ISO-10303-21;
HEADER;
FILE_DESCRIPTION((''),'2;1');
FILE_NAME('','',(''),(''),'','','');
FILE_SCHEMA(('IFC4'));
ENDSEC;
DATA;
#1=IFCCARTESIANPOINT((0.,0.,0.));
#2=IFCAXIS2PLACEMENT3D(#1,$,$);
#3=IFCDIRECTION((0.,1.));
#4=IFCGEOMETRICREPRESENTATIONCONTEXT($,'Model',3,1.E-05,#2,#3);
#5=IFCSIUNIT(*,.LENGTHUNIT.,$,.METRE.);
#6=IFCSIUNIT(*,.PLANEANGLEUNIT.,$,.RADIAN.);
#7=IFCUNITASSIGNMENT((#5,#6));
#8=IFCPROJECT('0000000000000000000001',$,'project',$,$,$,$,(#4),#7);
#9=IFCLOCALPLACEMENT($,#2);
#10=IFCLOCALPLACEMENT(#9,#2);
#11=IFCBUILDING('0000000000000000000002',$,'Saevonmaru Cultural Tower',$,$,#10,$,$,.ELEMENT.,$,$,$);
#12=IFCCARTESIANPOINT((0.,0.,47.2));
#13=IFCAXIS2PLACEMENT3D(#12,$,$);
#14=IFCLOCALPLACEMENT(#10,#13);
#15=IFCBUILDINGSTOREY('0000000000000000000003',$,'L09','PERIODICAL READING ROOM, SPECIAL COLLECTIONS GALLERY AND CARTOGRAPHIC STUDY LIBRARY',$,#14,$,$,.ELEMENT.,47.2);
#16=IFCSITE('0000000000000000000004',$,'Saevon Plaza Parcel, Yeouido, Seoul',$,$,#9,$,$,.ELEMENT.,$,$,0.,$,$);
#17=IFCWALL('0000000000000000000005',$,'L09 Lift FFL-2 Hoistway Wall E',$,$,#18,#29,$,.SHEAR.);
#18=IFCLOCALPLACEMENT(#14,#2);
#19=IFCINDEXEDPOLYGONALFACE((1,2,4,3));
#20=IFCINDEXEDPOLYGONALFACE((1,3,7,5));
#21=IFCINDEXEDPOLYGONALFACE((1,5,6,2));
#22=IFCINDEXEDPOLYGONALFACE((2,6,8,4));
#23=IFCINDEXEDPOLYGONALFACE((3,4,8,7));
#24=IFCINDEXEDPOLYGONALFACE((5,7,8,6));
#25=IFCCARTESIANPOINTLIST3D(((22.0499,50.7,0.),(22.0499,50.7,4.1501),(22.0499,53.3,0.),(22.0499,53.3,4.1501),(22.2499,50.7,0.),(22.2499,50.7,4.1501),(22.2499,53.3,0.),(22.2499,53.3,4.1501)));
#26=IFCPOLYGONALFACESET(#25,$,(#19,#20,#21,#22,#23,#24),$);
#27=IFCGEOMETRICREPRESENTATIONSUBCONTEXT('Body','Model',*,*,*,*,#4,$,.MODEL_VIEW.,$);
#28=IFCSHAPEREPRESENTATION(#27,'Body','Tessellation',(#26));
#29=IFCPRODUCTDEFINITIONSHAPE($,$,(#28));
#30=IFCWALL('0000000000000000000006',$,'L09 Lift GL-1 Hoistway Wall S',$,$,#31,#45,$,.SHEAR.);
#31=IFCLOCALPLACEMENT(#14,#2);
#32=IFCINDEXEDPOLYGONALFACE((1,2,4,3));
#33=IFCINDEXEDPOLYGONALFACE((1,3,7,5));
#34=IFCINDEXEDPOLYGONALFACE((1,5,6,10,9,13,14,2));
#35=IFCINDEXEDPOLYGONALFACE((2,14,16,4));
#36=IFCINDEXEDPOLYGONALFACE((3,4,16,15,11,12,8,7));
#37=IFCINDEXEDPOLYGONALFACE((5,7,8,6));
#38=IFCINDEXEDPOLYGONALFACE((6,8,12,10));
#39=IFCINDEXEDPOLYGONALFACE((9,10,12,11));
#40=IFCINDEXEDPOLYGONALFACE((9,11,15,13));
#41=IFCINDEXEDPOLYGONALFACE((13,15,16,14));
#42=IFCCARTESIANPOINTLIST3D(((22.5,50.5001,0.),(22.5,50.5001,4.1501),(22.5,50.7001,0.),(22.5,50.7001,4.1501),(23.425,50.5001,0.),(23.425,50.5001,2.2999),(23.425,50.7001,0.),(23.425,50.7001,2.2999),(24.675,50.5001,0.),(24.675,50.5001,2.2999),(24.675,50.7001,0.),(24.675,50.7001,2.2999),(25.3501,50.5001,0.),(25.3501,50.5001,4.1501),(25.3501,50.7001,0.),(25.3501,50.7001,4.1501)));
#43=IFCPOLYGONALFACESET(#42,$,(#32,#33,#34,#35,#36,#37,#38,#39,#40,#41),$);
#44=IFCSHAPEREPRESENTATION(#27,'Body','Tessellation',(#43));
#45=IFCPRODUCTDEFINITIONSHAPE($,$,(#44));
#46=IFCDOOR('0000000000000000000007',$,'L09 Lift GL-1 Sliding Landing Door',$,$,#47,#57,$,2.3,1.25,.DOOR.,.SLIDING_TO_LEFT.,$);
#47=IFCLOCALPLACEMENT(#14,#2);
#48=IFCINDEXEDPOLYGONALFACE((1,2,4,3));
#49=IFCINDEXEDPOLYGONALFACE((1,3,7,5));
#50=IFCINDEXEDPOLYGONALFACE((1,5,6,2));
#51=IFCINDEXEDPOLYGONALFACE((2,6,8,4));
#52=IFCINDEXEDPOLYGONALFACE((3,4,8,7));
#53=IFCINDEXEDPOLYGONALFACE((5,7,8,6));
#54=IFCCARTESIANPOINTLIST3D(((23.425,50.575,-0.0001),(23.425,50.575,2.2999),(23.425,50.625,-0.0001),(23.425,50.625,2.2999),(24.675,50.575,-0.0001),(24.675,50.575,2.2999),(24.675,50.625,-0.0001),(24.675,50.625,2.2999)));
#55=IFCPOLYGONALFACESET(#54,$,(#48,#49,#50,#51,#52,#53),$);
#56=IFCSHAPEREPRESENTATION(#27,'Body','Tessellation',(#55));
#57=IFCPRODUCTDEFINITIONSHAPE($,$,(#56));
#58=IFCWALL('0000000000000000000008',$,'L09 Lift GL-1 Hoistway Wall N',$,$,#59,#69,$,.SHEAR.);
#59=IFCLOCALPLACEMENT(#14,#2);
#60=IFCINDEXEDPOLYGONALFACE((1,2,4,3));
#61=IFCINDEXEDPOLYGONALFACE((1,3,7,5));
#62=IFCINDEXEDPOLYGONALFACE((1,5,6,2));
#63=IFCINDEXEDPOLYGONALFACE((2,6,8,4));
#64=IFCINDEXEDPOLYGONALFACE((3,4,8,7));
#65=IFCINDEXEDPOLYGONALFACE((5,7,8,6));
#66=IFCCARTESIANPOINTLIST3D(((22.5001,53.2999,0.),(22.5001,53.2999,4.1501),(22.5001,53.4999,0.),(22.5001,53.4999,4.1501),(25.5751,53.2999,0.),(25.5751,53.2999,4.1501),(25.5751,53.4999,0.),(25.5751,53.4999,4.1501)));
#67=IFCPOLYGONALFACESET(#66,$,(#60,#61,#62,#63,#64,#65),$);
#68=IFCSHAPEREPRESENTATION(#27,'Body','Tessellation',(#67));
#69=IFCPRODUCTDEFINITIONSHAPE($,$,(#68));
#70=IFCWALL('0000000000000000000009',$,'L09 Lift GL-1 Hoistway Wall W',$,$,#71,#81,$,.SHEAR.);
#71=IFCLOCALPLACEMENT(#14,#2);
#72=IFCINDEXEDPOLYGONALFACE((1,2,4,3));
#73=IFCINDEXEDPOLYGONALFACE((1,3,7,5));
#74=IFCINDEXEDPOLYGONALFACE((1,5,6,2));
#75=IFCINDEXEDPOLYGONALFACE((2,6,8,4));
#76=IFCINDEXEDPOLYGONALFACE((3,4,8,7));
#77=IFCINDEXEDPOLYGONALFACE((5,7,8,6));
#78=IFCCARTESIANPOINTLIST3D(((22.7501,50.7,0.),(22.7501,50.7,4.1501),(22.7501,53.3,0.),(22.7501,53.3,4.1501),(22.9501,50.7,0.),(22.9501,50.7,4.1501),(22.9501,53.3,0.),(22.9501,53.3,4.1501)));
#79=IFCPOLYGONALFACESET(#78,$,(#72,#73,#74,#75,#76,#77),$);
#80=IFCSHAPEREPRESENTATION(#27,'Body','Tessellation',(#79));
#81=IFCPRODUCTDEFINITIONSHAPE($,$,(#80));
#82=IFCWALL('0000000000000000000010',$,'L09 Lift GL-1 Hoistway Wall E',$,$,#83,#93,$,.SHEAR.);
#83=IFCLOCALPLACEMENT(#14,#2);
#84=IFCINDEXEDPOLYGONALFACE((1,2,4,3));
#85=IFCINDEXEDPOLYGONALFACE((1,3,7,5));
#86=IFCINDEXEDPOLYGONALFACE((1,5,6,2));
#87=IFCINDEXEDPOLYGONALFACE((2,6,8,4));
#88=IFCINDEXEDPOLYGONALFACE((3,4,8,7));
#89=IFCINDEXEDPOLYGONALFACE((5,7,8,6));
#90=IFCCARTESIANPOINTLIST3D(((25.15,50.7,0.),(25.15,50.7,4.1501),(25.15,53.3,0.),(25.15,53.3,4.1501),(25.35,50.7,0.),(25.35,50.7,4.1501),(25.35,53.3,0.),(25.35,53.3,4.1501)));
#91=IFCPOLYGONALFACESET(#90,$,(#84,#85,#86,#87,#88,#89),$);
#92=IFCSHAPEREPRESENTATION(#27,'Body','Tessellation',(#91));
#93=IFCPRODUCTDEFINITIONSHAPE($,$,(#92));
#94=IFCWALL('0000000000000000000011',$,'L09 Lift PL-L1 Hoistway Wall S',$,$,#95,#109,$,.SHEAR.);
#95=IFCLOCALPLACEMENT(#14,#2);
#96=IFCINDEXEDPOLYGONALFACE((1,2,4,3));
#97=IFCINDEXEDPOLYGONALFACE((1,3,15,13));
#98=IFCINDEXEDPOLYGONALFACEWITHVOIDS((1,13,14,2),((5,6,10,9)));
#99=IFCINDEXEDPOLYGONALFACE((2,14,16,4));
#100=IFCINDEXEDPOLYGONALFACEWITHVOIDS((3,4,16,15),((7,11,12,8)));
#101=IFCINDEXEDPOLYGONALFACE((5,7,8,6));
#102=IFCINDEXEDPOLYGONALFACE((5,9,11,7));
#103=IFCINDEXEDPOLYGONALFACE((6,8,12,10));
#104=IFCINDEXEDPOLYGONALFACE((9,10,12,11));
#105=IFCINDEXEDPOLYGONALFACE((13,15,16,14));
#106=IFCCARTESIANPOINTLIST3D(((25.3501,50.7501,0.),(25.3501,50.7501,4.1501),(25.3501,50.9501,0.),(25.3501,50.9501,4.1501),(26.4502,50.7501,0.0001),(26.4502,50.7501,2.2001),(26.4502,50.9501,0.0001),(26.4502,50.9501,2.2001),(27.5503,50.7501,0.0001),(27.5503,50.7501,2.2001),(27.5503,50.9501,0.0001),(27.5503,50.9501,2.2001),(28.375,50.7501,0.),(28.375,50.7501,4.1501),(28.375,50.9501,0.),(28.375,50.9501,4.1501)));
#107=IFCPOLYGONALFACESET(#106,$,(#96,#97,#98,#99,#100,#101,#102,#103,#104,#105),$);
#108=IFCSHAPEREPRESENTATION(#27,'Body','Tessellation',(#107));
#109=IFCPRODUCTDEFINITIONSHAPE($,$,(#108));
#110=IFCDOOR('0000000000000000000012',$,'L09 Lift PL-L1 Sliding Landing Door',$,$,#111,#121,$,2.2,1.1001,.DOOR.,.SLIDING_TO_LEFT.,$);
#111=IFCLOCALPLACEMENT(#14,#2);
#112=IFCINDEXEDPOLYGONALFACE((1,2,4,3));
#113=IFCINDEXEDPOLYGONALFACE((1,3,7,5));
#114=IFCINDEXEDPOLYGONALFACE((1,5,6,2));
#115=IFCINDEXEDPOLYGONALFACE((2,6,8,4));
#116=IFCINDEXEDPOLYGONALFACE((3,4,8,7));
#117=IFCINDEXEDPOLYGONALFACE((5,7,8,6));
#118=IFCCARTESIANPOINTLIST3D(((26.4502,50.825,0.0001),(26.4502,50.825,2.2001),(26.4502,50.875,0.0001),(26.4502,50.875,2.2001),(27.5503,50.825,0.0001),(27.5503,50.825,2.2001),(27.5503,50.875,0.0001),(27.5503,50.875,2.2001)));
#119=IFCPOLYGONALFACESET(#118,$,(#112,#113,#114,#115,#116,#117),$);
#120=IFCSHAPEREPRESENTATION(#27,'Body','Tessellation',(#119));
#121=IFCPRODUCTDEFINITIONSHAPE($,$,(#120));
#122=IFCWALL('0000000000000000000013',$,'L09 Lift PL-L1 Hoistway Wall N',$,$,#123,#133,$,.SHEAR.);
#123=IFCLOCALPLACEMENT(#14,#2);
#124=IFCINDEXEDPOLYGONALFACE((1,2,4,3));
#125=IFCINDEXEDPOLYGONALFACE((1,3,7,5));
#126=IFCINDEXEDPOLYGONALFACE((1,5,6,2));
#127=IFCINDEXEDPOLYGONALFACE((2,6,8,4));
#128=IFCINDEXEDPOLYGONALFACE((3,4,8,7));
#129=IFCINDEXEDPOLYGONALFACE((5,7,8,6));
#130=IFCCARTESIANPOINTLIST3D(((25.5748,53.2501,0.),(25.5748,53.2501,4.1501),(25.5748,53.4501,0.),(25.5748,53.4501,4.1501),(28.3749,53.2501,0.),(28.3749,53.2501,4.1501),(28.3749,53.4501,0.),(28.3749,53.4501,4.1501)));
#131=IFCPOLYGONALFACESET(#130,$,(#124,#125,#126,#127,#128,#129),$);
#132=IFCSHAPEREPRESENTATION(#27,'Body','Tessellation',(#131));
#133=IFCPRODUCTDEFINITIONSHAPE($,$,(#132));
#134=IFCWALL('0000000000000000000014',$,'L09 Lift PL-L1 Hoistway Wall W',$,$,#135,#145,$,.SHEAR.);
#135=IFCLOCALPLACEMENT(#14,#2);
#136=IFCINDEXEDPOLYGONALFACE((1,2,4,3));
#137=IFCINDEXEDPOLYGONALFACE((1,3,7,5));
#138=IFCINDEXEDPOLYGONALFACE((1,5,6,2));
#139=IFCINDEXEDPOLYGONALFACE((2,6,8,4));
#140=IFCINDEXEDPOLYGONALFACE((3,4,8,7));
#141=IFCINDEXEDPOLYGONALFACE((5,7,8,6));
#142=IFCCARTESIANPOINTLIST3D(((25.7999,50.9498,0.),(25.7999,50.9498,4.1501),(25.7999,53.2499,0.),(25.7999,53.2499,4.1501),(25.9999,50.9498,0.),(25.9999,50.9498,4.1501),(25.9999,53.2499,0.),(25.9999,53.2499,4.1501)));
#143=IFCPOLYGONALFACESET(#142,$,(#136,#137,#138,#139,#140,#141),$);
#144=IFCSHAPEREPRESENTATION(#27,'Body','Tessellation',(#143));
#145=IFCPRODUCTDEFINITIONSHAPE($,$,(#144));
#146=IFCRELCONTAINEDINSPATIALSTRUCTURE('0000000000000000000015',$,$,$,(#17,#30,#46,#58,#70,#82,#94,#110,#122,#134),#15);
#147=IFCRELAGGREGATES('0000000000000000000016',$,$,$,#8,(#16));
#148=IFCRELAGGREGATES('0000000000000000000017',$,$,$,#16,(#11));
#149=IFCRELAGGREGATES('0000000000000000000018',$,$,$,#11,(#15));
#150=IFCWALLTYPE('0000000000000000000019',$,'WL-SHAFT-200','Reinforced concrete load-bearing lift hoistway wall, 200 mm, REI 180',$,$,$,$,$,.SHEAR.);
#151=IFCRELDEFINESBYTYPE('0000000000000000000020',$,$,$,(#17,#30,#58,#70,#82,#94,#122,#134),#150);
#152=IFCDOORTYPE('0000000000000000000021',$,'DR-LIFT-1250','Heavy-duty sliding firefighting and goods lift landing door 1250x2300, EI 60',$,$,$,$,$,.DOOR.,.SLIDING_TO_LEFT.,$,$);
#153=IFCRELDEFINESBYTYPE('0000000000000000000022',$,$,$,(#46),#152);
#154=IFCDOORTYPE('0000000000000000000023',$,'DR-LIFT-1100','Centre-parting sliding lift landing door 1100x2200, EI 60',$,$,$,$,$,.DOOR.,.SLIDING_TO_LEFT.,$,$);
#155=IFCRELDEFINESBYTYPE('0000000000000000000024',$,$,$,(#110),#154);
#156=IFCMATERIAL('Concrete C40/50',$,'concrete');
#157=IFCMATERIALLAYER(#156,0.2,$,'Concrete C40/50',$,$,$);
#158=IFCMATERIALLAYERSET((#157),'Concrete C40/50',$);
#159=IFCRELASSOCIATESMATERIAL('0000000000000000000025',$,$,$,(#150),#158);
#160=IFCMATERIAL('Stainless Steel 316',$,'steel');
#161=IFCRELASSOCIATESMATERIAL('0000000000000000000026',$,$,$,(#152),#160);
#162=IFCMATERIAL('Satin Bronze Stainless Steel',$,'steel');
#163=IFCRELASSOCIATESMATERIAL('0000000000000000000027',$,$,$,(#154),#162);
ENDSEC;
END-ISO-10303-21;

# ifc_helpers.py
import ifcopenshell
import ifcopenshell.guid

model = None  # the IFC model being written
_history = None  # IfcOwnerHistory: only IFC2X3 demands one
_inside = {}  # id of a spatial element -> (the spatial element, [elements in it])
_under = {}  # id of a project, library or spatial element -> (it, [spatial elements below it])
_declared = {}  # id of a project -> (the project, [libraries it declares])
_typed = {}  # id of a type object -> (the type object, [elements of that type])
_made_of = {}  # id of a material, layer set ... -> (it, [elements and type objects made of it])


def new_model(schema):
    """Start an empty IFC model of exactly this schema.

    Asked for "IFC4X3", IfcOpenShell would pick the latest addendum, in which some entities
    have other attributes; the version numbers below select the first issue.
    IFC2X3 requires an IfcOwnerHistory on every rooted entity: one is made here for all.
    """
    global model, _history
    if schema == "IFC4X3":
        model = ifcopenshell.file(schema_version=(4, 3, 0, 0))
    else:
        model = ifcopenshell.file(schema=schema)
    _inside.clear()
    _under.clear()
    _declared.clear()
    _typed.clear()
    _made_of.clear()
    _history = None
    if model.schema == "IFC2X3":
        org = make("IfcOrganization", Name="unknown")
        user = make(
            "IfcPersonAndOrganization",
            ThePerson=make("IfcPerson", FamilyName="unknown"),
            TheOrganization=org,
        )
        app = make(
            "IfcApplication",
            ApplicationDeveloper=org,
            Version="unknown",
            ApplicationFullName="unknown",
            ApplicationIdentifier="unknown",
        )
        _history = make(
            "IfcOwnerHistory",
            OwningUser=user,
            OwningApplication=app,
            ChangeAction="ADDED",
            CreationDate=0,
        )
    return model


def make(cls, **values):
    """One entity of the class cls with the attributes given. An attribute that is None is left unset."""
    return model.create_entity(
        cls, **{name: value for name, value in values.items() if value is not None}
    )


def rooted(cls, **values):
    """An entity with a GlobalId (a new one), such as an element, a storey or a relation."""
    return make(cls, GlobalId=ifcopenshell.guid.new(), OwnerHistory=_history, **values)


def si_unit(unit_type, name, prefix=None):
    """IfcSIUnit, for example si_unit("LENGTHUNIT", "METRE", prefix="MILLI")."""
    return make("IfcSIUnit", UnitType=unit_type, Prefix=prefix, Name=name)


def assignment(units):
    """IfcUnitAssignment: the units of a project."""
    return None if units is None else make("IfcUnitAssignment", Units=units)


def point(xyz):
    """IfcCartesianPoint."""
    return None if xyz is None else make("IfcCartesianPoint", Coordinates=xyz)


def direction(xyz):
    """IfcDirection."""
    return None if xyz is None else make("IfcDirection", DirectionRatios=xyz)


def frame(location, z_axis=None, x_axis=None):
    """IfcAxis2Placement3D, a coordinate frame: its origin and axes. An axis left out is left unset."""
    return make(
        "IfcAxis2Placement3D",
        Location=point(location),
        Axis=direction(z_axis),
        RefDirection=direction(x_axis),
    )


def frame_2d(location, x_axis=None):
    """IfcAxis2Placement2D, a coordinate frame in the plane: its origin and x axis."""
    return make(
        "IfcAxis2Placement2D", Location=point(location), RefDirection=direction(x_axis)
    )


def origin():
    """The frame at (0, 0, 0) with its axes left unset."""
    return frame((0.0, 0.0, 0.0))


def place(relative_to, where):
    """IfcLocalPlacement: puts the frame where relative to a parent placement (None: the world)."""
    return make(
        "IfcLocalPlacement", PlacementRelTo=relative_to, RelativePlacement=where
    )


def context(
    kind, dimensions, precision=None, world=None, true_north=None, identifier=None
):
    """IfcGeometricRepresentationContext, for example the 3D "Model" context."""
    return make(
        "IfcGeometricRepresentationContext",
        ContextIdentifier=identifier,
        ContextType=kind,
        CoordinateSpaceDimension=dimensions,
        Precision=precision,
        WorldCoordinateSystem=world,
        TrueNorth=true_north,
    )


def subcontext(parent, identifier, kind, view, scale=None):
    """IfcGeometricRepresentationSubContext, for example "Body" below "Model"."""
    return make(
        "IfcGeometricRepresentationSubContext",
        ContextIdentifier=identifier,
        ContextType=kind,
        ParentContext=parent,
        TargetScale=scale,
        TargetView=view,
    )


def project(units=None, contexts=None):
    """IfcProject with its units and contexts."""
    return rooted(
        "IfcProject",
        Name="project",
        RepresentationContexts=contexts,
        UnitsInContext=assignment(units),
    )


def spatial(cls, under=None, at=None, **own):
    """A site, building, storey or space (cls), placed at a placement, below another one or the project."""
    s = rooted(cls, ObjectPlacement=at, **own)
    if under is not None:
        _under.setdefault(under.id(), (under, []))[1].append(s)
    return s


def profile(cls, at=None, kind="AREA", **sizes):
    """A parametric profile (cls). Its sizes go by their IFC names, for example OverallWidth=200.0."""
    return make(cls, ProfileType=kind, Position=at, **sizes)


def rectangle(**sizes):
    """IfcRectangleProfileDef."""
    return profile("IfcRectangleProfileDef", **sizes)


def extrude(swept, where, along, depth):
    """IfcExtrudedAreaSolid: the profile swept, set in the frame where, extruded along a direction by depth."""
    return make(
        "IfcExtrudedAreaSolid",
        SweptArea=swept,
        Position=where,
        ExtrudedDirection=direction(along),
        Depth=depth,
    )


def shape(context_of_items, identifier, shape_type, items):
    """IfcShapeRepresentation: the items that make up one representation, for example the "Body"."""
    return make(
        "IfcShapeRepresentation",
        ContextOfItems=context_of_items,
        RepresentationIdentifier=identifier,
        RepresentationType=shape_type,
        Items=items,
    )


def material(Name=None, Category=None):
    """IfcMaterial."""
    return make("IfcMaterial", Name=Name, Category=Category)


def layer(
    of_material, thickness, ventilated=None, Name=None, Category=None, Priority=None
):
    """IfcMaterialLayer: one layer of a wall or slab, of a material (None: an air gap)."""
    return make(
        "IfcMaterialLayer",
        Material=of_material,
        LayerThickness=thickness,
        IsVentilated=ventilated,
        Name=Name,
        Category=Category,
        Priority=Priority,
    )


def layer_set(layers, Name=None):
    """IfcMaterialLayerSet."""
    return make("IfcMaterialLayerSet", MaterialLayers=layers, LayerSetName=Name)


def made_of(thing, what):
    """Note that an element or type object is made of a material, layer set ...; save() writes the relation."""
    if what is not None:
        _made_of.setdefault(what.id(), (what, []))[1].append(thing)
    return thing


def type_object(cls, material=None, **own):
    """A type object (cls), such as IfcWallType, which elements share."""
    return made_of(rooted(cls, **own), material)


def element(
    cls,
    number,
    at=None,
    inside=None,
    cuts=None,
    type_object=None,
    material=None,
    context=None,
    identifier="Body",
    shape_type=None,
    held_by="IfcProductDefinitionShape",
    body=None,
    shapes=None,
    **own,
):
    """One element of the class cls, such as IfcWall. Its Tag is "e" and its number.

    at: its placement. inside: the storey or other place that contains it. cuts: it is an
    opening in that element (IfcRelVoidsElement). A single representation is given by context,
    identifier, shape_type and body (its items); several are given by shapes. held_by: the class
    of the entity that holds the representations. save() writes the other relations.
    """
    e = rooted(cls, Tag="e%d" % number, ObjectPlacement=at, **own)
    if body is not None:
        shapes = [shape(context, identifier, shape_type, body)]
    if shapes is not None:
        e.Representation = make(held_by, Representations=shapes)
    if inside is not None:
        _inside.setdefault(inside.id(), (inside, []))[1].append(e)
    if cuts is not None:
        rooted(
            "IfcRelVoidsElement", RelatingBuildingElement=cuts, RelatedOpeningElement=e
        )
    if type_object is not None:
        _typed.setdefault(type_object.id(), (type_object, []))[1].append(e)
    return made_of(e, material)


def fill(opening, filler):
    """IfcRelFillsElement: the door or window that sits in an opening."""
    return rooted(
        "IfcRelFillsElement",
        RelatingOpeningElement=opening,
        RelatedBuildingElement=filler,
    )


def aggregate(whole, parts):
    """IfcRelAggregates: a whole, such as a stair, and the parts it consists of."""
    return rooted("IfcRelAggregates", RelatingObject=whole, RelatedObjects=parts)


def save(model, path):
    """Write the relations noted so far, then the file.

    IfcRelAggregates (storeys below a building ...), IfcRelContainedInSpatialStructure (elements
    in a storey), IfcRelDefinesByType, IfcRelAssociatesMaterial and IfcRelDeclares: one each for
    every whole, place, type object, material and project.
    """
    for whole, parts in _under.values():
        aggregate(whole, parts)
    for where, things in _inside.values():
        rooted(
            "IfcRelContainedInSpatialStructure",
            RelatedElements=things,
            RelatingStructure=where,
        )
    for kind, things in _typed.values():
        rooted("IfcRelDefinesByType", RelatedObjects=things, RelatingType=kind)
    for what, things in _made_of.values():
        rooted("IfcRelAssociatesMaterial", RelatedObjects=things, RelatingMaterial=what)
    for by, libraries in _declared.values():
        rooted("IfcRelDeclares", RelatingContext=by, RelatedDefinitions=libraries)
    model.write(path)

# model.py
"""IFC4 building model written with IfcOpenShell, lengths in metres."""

from ifc_helpers import new_model, si_unit, direction, frame, frame_2d, origin, place, context, subcontext, project, spatial, rectangle, extrude, material, layer, layer_set, type_object, element, fill, save


model = new_model("IFC4")

# Units and contexts
model_context = context("Model", 3, precision=1e-05, world=origin(), true_north=direction((0.0, 1.0)))
body_context = subcontext(model_context, "Body", "Model", "MODEL_VIEW")
ifc_project = project(units=[si_unit("LENGTHUNIT", "METRE"), si_unit("PLANEANGLEUNIT", "RADIAN")], contexts=[model_context])

# Site, building, storey
site_placement = place(None, origin())
site = spatial("IfcSite", under=ifc_project, at=site_placement, Name="Saevon Plaza Parcel, Yeouido, Seoul", CompositionType="ELEMENT", RefElevation=0.0)
building_placement = place(site_placement, origin())
building = spatial("IfcBuilding", under=site, at=building_placement, Name="Saevonmaru Cultural Tower", CompositionType="ELEMENT")
storey_placement = place(building_placement, frame((0.0, 0.0, 47.2)))
storey = spatial("IfcBuildingStorey", under=building, at=storey_placement, Name="L09", Description="PERIODICAL READING ROOM, SPECIAL COLLECTIONS GALLERY AND CARTOGRAPHIC STUDY LIBRARY", CompositionType="ELEMENT", Elevation=47.2)

# Wall
ifc_material_1 = material(Name="Concrete C40/50", Category="concrete")
ifc_layer_1 = layer(ifc_material_1, 0.2, Name="Concrete C40/50")
ifc_layer_set_1 = layer_set([ifc_layer_1], Name="Concrete C40/50")
wall_type_1 = type_object("IfcWallType", Name="WL-SHAFT-200", Description="Reinforced concrete load-bearing lift hoistway wall, 200 mm, REI 180", PredefinedType="SHEAR", material=ifc_layer_set_1)
for number, where, z_axis, x_axis, name in (
    (1, (22.1499, 50.7, 0.0), (0.0, 0.0, 1.0), (0.0, 1.0, 0.0), "L09 Lift FFL-2 Hoistway Wall E"),
):
    element("IfcWall", number, at=place(storey_placement, frame(where, z_axis=z_axis, x_axis=x_axis)), inside=storey, type_object=wall_type_1, Name=name, PredefinedType="SHEAR", context=body_context, shape_type="SweptSolid", body=[
        extrude(rectangle(XDim=2.6001, YDim=0.2, at=frame_2d((1.3, 0.0))), origin(), (0.0, 0.0, 1.0), 4.1501),
    ])

# Wall, opening, door
wall_1_placement = place(storey_placement, frame((22.5, 50.6001, 0.0), z_axis=(0.0, 0.0, 1.0), x_axis=(1.0, 0.0, 0.0)))
wall_1 = element("IfcWall", 2, at=wall_1_placement, inside=storey, type_object=wall_type_1, Name="L09 Lift GL-1 Hoistway Wall S", PredefinedType="SHEAR", context=body_context, shape_type="SweptSolid", body=[
    extrude(rectangle(XDim=2.8501, YDim=0.2, at=frame_2d((1.425, 0.0))), origin(), (0.0, 0.0, 1.0), 4.1501),
])
opening_1_placement = place(wall_1_placement, frame((0.925, 0.0, 0.0)))
opening_1 = element("IfcOpeningElement", 3, at=opening_1_placement, cuts=wall_1, PredefinedType="OPENING", context=body_context, shape_type="SweptSolid", body=[
    extrude(rectangle(XDim=1.25, YDim=2.3, at=frame_2d((0.625, 1.1499))), frame((0.0, 0.1099, 0.0), z_axis=(0.0, -1.0, 0.0), x_axis=(1.0, 0.0, 0.0)), (0.0, 0.0, 1.0), 0.22),
])
ifc_material_2 = material(Name="Stainless Steel 316", Category="steel")
door_type_1 = type_object("IfcDoorType", Name="DR-LIFT-1250", Description="Heavy-duty sliding firefighting and goods lift landing door 1250x2300, EI 60", OperationType="SLIDING_TO_LEFT", PredefinedType="DOOR", material=ifc_material_2)
door_1_placement = place(opening_1_placement, origin())
door_1 = element("IfcDoor", 4, at=door_1_placement, inside=storey, type_object=door_type_1, Name="L09 Lift GL-1 Sliding Landing Door", OperationType="SLIDING_TO_LEFT", OverallHeight=2.3, OverallWidth=1.25, PredefinedType="DOOR", context=body_context, shape_type="SweptSolid", body=[
    extrude(rectangle(XDim=1.25, YDim=2.3, at=frame_2d((0.625, 1.1499))), frame((0.0, 0.0249, 0.0), z_axis=(0.0, -1.0, 0.0), x_axis=(1.0, 0.0, 0.0)), (0.0, 0.0, 1.0), 0.05),
])
fill(opening_1, door_1)

# Walls
wall_2_placement = place(storey_placement, frame((22.5, 53.3999, 0.0), z_axis=(0.0, 0.0, 1.0), x_axis=(1.0, 0.0, 0.0)))
element("IfcWall", 5, at=wall_2_placement, inside=storey, type_object=wall_type_1, Name="L09 Lift GL-1 Hoistway Wall N", PredefinedType="SHEAR", context=body_context, shape_type="SweptSolid", body=[
    extrude(rectangle(XDim=3.075, YDim=0.2, at=frame_2d((1.5376, 0.0))), origin(), (0.0, 0.0, 1.0), 4.1501),
])
for number, where, z_axis, x_axis, name in (
    (6, (22.8501, 50.7, 0.0), (0.0, 0.0, 1.0), (0.0, 1.0, 0.0), "L09 Lift GL-1 Hoistway Wall W"),
    (7, (25.25, 50.7, 0.0), (0.0, 0.0, 1.0), (0.0, 1.0, 0.0), "L09 Lift GL-1 Hoistway Wall E"),
):
    element("IfcWall", number, at=place(storey_placement, frame(where, z_axis=z_axis, x_axis=x_axis)), inside=storey, type_object=wall_type_1, Name=name, PredefinedType="SHEAR", context=body_context, shape_type="SweptSolid", body=[
        extrude(rectangle(XDim=2.6001, YDim=0.2, at=frame_2d((1.3, 0.0))), origin(), (0.0, 0.0, 1.0), 4.1501),
    ])

# Wall, opening, door
wall_3_placement = place(storey_placement, frame((25.3501, 50.8501, 0.0), z_axis=(0.0, 0.0, 1.0), x_axis=(1.0, 0.0, 0.0)))
wall_3 = element("IfcWall", 8, at=wall_3_placement, inside=storey, type_object=wall_type_1, Name="L09 Lift PL-L1 Hoistway Wall S", PredefinedType="SHEAR", context=body_context, shape_type="SweptSolid", body=[
    extrude(rectangle(XDim=3.0249, YDim=0.2, at=frame_2d((1.5125, 0.0))), origin(), (0.0, 0.0, 1.0), 4.1501),
])
opening_2_placement = place(wall_3_placement, frame((1.1001, 0.0, 0.0)))
opening_2 = element("IfcOpeningElement", 9, at=opening_2_placement, cuts=wall_3, PredefinedType="OPENING", context=body_context, shape_type="SweptSolid", body=[
    extrude(rectangle(XDim=1.1001, YDim=2.2, at=frame_2d((0.55, 1.1001))), frame((0.0, 0.1099, 0.0), z_axis=(0.0, -1.0, 0.0), x_axis=(1.0, 0.0, 0.0)), (0.0, 0.0, 1.0), 0.22),
])
ifc_material_3 = material(Name="Satin Bronze Stainless Steel", Category="steel")
door_type_2 = type_object("IfcDoorType", Name="DR-LIFT-1100", Description="Centre-parting sliding lift landing door 1100x2200, EI 60", OperationType="SLIDING_TO_LEFT", PredefinedType="DOOR", material=ifc_material_3)
door_2_placement = place(opening_2_placement, origin())
door_2 = element("IfcDoor", 10, at=door_2_placement, inside=storey, type_object=door_type_2, Name="L09 Lift PL-L1 Sliding Landing Door", OperationType="SLIDING_TO_LEFT", OverallHeight=2.2, OverallWidth=1.1001, PredefinedType="DOOR", context=body_context, shape_type="SweptSolid", body=[
    extrude(rectangle(XDim=1.1001, YDim=2.2, at=frame_2d((0.55, 1.1001))), frame((0.0, 0.0249, 0.0), z_axis=(0.0, -1.0, 0.0), x_axis=(1.0, 0.0, 0.0)), (0.0, 0.0, 1.0), 0.05),
])
fill(opening_2, door_2)

# Walls
wall_4_placement = place(storey_placement, frame((25.575, 53.3501, 0.0), z_axis=(0.0, 0.0, 1.0), x_axis=(1.0, 0.0, 0.0)))
element("IfcWall", 11, at=wall_4_placement, inside=storey, type_object=wall_type_1, Name="L09 Lift PL-L1 Hoistway Wall N", PredefinedType="SHEAR", context=body_context, shape_type="SweptSolid", body=[
    extrude(rectangle(XDim=2.8, YDim=0.2, at=frame_2d((1.3999, 0.0))), origin(), (0.0, 0.0, 1.0), 4.1501),
])
wall_5_placement = place(storey_placement, frame((25.8999, 50.95, 0.0), z_axis=(0.0, 0.0, 1.0), x_axis=(0.0, 1.0, 0.0)))
element("IfcWall", 12, at=wall_5_placement, inside=storey, type_object=wall_type_1, Name="L09 Lift PL-L1 Hoistway Wall W", PredefinedType="SHEAR", context=body_context, shape_type="SweptSolid", body=[
    extrude(rectangle(XDim=2.3, YDim=0.2, at=frame_2d((1.1499, 0.0))), origin(), (0.0, 0.0, 1.0), 4.1501),
])

save(model, "model.ifc")
